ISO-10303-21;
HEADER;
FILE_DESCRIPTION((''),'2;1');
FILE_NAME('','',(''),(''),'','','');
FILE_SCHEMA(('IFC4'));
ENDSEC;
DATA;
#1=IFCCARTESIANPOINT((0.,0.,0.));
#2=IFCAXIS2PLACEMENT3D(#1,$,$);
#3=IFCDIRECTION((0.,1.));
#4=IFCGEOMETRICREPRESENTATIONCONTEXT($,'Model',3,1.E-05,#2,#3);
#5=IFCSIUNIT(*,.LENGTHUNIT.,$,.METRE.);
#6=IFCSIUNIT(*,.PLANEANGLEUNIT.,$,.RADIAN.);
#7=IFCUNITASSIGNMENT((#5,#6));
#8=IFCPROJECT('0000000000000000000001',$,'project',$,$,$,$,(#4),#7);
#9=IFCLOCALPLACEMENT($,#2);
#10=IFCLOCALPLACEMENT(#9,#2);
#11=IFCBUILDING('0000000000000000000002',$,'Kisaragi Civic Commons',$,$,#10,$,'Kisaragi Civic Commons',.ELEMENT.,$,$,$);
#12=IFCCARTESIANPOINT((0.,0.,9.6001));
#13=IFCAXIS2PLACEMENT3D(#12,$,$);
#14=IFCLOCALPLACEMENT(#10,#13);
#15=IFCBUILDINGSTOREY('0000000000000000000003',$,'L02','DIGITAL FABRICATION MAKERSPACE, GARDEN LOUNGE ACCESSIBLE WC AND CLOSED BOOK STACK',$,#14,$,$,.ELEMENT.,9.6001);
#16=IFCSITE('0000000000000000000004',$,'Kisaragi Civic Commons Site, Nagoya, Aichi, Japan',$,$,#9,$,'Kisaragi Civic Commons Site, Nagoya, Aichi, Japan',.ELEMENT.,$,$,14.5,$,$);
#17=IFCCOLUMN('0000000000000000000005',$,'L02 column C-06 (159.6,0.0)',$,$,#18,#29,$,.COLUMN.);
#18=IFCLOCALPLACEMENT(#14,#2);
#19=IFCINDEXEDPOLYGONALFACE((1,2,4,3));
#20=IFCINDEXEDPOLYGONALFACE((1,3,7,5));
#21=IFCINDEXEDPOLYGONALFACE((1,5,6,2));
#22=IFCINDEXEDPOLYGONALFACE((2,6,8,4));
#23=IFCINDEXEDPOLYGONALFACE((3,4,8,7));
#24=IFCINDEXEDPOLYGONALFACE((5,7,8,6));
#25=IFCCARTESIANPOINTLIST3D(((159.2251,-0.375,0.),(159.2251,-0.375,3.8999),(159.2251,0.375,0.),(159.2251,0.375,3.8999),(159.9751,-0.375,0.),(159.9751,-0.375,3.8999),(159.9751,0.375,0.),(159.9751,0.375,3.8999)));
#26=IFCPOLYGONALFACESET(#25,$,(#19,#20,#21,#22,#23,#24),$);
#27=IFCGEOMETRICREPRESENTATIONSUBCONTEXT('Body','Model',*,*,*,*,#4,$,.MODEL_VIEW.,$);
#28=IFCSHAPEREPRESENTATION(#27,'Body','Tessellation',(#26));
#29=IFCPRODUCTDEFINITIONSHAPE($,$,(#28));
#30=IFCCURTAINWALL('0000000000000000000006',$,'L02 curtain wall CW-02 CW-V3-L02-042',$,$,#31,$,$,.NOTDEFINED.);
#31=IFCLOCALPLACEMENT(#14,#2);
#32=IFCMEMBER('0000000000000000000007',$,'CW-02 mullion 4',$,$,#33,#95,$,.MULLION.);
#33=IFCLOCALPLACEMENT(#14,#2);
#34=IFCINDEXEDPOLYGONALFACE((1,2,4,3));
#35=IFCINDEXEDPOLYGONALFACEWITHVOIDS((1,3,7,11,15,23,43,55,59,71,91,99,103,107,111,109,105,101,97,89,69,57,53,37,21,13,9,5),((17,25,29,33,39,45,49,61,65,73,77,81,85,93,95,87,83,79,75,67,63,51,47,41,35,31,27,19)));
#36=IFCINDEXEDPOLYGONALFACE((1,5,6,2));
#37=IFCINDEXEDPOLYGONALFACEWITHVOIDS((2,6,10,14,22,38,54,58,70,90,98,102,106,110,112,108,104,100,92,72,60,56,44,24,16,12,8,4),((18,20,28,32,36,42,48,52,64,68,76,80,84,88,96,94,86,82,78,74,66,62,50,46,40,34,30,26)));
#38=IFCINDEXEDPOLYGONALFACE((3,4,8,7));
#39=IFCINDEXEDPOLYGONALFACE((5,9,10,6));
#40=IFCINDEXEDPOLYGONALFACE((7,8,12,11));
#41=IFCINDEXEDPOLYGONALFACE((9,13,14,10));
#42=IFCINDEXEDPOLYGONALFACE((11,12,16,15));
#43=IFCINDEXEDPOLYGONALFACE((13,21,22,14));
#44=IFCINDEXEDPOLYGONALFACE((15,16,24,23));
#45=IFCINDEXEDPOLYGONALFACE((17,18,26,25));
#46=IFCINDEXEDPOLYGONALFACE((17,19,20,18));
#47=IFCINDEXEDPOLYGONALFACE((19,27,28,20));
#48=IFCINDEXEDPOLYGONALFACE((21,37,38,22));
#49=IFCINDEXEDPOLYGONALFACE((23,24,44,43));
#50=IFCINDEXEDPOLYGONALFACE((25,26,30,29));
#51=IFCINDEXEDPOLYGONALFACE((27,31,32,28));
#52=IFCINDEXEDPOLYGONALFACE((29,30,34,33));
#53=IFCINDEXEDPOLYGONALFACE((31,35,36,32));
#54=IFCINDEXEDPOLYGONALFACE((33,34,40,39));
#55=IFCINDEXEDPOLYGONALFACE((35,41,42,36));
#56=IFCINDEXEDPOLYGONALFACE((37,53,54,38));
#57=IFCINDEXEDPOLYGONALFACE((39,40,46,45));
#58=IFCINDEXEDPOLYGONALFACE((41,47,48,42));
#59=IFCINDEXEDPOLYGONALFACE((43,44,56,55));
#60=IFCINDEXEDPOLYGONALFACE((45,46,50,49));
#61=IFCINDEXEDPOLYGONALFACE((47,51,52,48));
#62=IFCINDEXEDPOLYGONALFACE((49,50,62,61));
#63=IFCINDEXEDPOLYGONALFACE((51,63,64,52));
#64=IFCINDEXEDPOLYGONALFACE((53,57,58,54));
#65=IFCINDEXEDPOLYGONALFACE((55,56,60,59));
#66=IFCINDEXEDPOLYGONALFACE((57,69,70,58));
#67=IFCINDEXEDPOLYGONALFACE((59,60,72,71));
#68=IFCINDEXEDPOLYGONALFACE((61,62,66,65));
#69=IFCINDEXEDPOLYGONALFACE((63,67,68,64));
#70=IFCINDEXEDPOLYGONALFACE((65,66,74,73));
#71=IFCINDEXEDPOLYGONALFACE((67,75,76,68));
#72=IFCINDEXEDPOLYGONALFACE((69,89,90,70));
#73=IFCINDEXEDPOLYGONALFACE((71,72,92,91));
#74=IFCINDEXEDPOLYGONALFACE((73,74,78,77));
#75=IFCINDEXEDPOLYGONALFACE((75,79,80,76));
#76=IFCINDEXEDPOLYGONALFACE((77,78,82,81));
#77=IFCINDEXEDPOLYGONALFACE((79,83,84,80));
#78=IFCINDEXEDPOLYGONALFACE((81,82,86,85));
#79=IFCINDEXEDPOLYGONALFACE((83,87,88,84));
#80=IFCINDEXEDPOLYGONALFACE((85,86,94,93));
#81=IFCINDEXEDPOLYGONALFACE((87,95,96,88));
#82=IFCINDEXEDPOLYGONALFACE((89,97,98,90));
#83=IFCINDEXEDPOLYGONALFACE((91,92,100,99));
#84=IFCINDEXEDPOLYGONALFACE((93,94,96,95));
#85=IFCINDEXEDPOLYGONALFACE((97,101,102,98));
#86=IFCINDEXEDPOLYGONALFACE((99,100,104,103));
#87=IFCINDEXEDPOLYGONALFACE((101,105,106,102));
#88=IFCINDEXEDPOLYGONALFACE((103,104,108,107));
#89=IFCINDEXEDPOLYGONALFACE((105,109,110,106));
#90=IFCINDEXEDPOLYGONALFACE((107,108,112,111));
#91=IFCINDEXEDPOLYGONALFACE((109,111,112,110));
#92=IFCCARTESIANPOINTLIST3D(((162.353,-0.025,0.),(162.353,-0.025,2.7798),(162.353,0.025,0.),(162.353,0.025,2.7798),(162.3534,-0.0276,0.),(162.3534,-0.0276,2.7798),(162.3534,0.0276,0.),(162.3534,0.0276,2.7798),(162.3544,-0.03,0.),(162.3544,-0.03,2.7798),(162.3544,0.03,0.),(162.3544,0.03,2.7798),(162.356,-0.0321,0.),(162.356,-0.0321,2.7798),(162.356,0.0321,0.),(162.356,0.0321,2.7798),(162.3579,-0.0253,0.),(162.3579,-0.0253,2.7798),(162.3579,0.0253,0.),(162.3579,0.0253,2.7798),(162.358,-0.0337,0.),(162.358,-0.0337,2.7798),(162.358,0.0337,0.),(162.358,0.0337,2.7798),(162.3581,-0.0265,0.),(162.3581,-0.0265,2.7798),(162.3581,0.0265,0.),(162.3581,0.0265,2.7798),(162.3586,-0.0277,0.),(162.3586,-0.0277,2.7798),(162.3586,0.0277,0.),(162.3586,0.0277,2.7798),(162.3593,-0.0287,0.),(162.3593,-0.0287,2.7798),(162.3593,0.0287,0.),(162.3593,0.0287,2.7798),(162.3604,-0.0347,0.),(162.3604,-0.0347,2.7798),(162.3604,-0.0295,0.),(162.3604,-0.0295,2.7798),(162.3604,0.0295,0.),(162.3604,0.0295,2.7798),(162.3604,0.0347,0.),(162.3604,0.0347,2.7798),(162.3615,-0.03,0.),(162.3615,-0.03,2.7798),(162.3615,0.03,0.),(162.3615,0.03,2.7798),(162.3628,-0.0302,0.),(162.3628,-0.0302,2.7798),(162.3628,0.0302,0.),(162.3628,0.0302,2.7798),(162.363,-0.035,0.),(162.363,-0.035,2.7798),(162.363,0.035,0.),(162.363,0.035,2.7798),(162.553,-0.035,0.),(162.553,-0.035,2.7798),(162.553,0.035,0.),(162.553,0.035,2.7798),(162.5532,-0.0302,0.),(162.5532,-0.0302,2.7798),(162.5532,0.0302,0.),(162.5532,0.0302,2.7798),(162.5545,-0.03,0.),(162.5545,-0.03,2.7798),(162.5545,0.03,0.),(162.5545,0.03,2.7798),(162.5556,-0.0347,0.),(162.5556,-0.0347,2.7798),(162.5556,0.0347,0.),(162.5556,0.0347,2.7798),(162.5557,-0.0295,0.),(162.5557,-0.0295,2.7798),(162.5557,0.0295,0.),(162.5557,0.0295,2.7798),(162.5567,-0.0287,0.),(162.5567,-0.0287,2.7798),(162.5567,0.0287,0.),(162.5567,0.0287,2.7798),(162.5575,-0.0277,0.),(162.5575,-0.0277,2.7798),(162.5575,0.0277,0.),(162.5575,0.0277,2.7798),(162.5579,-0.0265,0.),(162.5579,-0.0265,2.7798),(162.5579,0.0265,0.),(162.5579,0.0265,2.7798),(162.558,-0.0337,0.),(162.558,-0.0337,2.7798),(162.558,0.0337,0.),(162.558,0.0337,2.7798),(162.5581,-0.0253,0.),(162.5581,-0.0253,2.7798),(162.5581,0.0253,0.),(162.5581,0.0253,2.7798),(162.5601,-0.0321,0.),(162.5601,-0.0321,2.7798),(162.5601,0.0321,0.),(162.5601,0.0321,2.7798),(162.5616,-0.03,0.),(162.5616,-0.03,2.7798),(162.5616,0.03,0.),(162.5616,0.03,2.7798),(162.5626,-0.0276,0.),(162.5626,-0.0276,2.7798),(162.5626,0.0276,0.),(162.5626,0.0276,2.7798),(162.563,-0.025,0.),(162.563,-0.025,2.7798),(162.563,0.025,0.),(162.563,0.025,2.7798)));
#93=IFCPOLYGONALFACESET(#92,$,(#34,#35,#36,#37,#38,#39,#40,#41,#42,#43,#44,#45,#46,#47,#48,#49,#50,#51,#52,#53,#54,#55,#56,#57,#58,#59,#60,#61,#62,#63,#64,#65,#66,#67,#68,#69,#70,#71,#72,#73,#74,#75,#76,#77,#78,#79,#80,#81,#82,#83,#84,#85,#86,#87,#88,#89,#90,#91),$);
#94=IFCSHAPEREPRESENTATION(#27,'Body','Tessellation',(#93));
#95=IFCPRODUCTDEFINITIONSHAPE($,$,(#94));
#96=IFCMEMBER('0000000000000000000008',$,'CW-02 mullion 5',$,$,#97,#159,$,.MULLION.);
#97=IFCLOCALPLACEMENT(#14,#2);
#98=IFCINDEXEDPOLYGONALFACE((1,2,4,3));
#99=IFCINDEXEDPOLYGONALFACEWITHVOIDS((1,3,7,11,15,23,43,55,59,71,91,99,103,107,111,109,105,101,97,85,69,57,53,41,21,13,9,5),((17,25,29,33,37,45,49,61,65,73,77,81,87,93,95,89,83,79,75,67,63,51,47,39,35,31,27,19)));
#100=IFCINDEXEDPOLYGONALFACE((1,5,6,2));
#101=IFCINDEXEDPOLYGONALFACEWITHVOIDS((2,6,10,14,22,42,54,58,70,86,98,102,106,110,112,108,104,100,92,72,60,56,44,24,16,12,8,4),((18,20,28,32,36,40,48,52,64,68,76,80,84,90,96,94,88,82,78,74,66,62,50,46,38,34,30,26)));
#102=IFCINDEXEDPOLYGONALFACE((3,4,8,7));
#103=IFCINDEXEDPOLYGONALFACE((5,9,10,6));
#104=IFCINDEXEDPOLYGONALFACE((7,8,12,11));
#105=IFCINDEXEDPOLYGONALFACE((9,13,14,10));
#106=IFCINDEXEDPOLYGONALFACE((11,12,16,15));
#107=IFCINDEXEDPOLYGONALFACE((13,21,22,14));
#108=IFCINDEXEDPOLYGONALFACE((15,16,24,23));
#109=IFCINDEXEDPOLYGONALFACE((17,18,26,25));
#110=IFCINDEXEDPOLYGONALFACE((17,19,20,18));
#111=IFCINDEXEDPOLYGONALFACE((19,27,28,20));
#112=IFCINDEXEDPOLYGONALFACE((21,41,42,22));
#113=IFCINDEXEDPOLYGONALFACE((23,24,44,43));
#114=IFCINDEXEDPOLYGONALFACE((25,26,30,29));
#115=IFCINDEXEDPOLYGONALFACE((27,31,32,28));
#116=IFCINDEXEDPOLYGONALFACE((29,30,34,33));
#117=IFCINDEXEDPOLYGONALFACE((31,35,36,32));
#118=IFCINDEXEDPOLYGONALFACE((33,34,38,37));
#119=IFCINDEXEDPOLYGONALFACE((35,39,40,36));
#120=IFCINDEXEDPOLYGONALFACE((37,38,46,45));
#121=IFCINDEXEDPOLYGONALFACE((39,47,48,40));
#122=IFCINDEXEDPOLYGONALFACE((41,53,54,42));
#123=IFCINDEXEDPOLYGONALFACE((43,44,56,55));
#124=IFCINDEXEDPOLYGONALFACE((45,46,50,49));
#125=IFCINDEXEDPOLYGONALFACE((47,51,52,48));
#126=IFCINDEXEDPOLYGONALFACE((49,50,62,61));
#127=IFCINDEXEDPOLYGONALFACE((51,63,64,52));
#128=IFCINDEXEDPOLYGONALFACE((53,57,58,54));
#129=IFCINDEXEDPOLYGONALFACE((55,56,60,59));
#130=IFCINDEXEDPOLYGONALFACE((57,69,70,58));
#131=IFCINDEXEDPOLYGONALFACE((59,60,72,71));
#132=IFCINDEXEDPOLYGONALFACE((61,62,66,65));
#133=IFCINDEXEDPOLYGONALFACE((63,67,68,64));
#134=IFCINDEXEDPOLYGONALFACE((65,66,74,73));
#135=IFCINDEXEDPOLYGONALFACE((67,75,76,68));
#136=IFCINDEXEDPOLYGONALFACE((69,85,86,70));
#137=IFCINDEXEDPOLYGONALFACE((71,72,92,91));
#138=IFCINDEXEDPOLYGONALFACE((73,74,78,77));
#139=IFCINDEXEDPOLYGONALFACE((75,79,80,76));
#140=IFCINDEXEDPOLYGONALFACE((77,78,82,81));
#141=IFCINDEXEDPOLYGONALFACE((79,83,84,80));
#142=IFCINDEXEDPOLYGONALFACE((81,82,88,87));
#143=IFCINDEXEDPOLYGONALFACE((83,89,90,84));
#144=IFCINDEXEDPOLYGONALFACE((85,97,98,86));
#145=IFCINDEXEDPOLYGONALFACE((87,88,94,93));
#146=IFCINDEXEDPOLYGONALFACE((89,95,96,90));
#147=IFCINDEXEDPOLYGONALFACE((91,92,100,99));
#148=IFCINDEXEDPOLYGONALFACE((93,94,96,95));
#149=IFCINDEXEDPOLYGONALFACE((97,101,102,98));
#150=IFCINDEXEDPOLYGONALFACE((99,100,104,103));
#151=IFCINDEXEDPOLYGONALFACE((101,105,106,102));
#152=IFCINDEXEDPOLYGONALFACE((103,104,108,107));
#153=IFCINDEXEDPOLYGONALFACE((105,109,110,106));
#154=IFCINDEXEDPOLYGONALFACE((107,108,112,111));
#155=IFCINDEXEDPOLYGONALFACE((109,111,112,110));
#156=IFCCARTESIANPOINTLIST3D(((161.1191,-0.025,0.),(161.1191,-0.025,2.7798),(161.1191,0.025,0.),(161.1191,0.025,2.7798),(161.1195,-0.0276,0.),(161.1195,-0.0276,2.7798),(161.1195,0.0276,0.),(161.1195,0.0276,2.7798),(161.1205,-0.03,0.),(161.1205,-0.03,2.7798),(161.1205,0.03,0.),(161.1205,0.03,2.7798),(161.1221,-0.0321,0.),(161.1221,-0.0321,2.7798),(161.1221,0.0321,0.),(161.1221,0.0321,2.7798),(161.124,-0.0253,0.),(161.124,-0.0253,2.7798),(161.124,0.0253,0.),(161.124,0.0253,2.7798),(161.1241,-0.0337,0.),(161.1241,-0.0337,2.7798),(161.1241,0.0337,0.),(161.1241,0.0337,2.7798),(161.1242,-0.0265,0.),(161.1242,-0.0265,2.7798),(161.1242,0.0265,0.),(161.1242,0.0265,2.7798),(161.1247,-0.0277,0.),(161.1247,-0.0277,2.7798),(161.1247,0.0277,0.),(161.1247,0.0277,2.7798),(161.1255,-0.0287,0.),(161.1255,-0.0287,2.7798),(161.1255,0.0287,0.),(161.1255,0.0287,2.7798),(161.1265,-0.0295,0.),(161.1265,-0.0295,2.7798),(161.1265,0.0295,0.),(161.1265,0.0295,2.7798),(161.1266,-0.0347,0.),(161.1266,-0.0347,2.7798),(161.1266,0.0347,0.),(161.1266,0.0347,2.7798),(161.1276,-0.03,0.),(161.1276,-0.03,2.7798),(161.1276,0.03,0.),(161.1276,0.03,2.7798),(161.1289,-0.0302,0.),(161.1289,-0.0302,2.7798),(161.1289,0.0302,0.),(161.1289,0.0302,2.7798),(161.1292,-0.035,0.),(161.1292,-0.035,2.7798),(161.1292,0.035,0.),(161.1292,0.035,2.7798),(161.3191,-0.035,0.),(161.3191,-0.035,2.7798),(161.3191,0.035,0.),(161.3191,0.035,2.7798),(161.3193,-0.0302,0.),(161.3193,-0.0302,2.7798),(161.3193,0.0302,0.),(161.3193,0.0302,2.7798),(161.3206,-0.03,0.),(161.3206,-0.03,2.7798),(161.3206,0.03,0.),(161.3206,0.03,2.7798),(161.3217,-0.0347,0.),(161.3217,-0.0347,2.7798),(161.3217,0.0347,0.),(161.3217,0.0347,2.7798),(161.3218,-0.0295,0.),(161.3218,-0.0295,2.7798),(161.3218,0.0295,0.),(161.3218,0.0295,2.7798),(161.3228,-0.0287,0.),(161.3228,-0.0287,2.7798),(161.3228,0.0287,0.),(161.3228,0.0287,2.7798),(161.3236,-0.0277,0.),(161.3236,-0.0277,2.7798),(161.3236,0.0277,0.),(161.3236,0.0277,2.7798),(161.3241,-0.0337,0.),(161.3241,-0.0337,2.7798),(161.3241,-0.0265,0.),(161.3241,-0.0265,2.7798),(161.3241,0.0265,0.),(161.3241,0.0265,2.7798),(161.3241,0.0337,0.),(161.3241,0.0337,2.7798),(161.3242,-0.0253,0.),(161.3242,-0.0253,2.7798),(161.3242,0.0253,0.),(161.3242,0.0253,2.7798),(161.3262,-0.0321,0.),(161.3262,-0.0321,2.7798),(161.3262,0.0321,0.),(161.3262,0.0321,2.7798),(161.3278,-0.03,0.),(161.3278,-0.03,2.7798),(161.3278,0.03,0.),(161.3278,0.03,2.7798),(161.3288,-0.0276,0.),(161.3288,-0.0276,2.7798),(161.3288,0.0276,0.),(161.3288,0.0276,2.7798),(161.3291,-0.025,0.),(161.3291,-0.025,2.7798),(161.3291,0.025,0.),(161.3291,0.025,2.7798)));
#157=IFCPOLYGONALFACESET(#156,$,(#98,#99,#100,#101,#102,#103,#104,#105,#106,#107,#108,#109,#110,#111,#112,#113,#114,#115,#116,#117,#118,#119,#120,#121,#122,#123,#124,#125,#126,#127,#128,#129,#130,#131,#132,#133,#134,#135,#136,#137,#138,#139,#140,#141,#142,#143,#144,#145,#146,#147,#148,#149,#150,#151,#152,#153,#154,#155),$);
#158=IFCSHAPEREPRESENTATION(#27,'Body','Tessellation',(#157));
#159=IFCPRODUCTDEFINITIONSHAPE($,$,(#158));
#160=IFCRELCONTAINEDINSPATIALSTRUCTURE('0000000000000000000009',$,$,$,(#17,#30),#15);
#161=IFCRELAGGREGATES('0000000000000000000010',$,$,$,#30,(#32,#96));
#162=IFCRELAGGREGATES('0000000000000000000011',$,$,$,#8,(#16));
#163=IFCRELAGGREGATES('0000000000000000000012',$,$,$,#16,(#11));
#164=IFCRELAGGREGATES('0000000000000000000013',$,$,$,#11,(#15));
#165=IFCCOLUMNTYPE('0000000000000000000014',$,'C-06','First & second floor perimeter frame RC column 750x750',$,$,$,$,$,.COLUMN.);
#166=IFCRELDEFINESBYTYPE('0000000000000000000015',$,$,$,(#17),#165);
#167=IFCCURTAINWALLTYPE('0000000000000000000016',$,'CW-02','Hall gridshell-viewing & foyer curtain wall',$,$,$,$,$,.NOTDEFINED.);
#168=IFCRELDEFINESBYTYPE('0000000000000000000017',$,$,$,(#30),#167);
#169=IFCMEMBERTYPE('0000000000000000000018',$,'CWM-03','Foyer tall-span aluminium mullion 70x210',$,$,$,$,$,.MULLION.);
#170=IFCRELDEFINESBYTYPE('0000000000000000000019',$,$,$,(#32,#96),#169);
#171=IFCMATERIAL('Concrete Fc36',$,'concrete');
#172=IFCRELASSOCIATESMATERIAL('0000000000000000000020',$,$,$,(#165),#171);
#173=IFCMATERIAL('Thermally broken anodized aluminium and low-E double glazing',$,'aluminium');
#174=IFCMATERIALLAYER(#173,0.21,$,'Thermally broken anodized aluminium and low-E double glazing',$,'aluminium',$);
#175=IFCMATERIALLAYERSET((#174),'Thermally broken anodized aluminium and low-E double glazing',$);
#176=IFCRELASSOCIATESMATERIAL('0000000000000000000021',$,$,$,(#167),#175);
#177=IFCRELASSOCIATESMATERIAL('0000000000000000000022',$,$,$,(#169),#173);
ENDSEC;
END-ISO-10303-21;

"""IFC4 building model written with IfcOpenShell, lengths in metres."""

from ifc_helpers import new_model, si_unit, direction, frame, origin, origin_2d, place, context, subcontext, project, spatial, rectangle, hollow_rectangle, extrude, material, layer, layer_set, material_profile, profile_set, type_object, element, aggregate, save


model = new_model("IFC4")

# Units and contexts
model_context = context("Model", 3, precision=1e-05, world=origin(), true_north=direction((0.0, 1.0)))
body_context = subcontext(model_context, "Body", "Model", "MODEL_VIEW")
ifc_project = project(units=[si_unit("LENGTHUNIT", "METRE"), si_unit("PLANEANGLEUNIT", "RADIAN")], contexts=[model_context])

# Site, building, storey
site_placement = place(None, origin())
site = spatial("IfcSite", under=ifc_project, at=site_placement, Name="Kisaragi Civic Commons Site, Nagoya, Aichi, Japan", LongName="Kisaragi Civic Commons Site, Nagoya, Aichi, Japan", CompositionType="ELEMENT", RefElevation=14.5)
building_placement = place(site_placement, origin())
building = spatial("IfcBuilding", under=site, at=building_placement, Name="Kisaragi Civic Commons", LongName="Kisaragi Civic Commons", CompositionType="ELEMENT")
storey_placement = place(building_placement, frame((0.0, 0.0, 9.6001)))
storey = spatial("IfcBuildingStorey", under=building, at=storey_placement, Name="L02", Description="DIGITAL FABRICATION MAKERSPACE, GARDEN LOUNGE ACCESSIBLE WC AND CLOSED BOOK STACK", CompositionType="ELEMENT", Elevation=9.6001)

# Column
ifc_material_1 = material(Name="Concrete Fc36", Category="concrete")
ifc_material_profile_1 = material_profile(ifc_material_1, rectangle(XDim=0.75, YDim=0.75, at=origin_2d()), Name="RC-750x750", Category="concrete")
ifc_profile_set_1 = profile_set([ifc_material_profile_1], Name="Concrete Fc36")
column_type = type_object("IfcColumnType", Name="C-06", Description="First & second floor perimeter frame RC column 750x750", PredefinedType="COLUMN", material=ifc_profile_set_1)
column_placement = place(storey_placement, frame((159.6001, 0.0, 0.0), z_axis=(0.0, 0.0, 1.0), x_axis=(1.0, 0.0, 0.0)))
element("IfcColumn", 1, at=column_placement, inside=storey, type_object=column_type, Name="L02 column C-06 (159.6,0.0)", PredefinedType="COLUMN", context=body_context, shape_type="SweptSolid", body=[
    extrude(rectangle(XDim=0.75, YDim=0.75, at=origin_2d()), origin(), (0.0, 0.0, 1.0), 3.8999),
])

# Curtain wall, members
ifc_material_2 = material(Name="Thermally broken anodized aluminium and low-E double glazing", Category="aluminium")
ifc_layer_1 = layer(ifc_material_2, 0.21, Name="Thermally broken anodized aluminium and low-E double glazing", Category="aluminium")
ifc_layer_set_1 = layer_set([ifc_layer_1], Name="Thermally broken anodized aluminium and low-E double glazing")
curtain_wall_type = type_object("IfcCurtainWallType", Name="CW-02", Description="Hall gridshell-viewing & foyer curtain wall", PredefinedType="NOTDEFINED", material=ifc_layer_set_1)
curtain_wall_placement = place(storey_placement, origin())
curtain_wall = element("IfcCurtainWall", 2, at=curtain_wall_placement, inside=storey, type_object=curtain_wall_type, Name="L02 curtain wall CW-02 CW-V3-L02-042", PredefinedType="NOTDEFINED")
ifc_material_profile_2 = material_profile(ifc_material_2, hollow_rectangle(XDim=0.0701, YDim=0.21, WallThickness=0.0049, InnerFilletRadius=0.0049, OuterFilletRadius=0.01, at=origin_2d()), Name="CWM-70x210x5", Category="aluminium")
ifc_profile_set_2 = profile_set([ifc_material_profile_2], Name="Thermally broken anodized aluminium and low-E double glazing")
member_type_1 = type_object("IfcMemberType", Name="CWM-03", Description="Foyer tall-span aluminium mullion 70x210", PredefinedType="MULLION", material=ifc_profile_set_2)
member_1_placement = place(storey_placement, frame((162.458, 0.0, 0.0), z_axis=(0.0, 0.0, 1.0), x_axis=(0.0, -1.0, 0.0)))
member_1 = element("IfcMember", 3, at=member_1_placement, type_object=member_type_1, Name="CW-02 mullion 4", PredefinedType="MULLION", context=body_context, shape_type="SweptSolid", body=[
    extrude(hollow_rectangle(XDim=0.0701, YDim=0.21, WallThickness=0.0049, InnerFilletRadius=0.0049, OuterFilletRadius=0.01, at=origin_2d()), origin(), (0.0, 0.0, 1.0), 2.7798),
])
member_2_placement = place(storey_placement, frame((161.2241, 0.0, 0.0), z_axis=(0.0, 0.0, 1.0), x_axis=(0.0, -1.0, 0.0)))
member_2 = element("IfcMember", 4, at=member_2_placement, type_object=member_type_1, Name="CW-02 mullion 5", PredefinedType="MULLION", context=body_context, shape_type="SweptSolid", body=[
    extrude(hollow_rectangle(XDim=0.0701, YDim=0.21, WallThickness=0.0049, InnerFilletRadius=0.0049, OuterFilletRadius=0.01, at=origin_2d()), origin(), (0.0, 0.0, 1.0), 2.7798),
])

aggregate(curtain_wall, [member_1, member_2])

save(model, "model.ifc")
